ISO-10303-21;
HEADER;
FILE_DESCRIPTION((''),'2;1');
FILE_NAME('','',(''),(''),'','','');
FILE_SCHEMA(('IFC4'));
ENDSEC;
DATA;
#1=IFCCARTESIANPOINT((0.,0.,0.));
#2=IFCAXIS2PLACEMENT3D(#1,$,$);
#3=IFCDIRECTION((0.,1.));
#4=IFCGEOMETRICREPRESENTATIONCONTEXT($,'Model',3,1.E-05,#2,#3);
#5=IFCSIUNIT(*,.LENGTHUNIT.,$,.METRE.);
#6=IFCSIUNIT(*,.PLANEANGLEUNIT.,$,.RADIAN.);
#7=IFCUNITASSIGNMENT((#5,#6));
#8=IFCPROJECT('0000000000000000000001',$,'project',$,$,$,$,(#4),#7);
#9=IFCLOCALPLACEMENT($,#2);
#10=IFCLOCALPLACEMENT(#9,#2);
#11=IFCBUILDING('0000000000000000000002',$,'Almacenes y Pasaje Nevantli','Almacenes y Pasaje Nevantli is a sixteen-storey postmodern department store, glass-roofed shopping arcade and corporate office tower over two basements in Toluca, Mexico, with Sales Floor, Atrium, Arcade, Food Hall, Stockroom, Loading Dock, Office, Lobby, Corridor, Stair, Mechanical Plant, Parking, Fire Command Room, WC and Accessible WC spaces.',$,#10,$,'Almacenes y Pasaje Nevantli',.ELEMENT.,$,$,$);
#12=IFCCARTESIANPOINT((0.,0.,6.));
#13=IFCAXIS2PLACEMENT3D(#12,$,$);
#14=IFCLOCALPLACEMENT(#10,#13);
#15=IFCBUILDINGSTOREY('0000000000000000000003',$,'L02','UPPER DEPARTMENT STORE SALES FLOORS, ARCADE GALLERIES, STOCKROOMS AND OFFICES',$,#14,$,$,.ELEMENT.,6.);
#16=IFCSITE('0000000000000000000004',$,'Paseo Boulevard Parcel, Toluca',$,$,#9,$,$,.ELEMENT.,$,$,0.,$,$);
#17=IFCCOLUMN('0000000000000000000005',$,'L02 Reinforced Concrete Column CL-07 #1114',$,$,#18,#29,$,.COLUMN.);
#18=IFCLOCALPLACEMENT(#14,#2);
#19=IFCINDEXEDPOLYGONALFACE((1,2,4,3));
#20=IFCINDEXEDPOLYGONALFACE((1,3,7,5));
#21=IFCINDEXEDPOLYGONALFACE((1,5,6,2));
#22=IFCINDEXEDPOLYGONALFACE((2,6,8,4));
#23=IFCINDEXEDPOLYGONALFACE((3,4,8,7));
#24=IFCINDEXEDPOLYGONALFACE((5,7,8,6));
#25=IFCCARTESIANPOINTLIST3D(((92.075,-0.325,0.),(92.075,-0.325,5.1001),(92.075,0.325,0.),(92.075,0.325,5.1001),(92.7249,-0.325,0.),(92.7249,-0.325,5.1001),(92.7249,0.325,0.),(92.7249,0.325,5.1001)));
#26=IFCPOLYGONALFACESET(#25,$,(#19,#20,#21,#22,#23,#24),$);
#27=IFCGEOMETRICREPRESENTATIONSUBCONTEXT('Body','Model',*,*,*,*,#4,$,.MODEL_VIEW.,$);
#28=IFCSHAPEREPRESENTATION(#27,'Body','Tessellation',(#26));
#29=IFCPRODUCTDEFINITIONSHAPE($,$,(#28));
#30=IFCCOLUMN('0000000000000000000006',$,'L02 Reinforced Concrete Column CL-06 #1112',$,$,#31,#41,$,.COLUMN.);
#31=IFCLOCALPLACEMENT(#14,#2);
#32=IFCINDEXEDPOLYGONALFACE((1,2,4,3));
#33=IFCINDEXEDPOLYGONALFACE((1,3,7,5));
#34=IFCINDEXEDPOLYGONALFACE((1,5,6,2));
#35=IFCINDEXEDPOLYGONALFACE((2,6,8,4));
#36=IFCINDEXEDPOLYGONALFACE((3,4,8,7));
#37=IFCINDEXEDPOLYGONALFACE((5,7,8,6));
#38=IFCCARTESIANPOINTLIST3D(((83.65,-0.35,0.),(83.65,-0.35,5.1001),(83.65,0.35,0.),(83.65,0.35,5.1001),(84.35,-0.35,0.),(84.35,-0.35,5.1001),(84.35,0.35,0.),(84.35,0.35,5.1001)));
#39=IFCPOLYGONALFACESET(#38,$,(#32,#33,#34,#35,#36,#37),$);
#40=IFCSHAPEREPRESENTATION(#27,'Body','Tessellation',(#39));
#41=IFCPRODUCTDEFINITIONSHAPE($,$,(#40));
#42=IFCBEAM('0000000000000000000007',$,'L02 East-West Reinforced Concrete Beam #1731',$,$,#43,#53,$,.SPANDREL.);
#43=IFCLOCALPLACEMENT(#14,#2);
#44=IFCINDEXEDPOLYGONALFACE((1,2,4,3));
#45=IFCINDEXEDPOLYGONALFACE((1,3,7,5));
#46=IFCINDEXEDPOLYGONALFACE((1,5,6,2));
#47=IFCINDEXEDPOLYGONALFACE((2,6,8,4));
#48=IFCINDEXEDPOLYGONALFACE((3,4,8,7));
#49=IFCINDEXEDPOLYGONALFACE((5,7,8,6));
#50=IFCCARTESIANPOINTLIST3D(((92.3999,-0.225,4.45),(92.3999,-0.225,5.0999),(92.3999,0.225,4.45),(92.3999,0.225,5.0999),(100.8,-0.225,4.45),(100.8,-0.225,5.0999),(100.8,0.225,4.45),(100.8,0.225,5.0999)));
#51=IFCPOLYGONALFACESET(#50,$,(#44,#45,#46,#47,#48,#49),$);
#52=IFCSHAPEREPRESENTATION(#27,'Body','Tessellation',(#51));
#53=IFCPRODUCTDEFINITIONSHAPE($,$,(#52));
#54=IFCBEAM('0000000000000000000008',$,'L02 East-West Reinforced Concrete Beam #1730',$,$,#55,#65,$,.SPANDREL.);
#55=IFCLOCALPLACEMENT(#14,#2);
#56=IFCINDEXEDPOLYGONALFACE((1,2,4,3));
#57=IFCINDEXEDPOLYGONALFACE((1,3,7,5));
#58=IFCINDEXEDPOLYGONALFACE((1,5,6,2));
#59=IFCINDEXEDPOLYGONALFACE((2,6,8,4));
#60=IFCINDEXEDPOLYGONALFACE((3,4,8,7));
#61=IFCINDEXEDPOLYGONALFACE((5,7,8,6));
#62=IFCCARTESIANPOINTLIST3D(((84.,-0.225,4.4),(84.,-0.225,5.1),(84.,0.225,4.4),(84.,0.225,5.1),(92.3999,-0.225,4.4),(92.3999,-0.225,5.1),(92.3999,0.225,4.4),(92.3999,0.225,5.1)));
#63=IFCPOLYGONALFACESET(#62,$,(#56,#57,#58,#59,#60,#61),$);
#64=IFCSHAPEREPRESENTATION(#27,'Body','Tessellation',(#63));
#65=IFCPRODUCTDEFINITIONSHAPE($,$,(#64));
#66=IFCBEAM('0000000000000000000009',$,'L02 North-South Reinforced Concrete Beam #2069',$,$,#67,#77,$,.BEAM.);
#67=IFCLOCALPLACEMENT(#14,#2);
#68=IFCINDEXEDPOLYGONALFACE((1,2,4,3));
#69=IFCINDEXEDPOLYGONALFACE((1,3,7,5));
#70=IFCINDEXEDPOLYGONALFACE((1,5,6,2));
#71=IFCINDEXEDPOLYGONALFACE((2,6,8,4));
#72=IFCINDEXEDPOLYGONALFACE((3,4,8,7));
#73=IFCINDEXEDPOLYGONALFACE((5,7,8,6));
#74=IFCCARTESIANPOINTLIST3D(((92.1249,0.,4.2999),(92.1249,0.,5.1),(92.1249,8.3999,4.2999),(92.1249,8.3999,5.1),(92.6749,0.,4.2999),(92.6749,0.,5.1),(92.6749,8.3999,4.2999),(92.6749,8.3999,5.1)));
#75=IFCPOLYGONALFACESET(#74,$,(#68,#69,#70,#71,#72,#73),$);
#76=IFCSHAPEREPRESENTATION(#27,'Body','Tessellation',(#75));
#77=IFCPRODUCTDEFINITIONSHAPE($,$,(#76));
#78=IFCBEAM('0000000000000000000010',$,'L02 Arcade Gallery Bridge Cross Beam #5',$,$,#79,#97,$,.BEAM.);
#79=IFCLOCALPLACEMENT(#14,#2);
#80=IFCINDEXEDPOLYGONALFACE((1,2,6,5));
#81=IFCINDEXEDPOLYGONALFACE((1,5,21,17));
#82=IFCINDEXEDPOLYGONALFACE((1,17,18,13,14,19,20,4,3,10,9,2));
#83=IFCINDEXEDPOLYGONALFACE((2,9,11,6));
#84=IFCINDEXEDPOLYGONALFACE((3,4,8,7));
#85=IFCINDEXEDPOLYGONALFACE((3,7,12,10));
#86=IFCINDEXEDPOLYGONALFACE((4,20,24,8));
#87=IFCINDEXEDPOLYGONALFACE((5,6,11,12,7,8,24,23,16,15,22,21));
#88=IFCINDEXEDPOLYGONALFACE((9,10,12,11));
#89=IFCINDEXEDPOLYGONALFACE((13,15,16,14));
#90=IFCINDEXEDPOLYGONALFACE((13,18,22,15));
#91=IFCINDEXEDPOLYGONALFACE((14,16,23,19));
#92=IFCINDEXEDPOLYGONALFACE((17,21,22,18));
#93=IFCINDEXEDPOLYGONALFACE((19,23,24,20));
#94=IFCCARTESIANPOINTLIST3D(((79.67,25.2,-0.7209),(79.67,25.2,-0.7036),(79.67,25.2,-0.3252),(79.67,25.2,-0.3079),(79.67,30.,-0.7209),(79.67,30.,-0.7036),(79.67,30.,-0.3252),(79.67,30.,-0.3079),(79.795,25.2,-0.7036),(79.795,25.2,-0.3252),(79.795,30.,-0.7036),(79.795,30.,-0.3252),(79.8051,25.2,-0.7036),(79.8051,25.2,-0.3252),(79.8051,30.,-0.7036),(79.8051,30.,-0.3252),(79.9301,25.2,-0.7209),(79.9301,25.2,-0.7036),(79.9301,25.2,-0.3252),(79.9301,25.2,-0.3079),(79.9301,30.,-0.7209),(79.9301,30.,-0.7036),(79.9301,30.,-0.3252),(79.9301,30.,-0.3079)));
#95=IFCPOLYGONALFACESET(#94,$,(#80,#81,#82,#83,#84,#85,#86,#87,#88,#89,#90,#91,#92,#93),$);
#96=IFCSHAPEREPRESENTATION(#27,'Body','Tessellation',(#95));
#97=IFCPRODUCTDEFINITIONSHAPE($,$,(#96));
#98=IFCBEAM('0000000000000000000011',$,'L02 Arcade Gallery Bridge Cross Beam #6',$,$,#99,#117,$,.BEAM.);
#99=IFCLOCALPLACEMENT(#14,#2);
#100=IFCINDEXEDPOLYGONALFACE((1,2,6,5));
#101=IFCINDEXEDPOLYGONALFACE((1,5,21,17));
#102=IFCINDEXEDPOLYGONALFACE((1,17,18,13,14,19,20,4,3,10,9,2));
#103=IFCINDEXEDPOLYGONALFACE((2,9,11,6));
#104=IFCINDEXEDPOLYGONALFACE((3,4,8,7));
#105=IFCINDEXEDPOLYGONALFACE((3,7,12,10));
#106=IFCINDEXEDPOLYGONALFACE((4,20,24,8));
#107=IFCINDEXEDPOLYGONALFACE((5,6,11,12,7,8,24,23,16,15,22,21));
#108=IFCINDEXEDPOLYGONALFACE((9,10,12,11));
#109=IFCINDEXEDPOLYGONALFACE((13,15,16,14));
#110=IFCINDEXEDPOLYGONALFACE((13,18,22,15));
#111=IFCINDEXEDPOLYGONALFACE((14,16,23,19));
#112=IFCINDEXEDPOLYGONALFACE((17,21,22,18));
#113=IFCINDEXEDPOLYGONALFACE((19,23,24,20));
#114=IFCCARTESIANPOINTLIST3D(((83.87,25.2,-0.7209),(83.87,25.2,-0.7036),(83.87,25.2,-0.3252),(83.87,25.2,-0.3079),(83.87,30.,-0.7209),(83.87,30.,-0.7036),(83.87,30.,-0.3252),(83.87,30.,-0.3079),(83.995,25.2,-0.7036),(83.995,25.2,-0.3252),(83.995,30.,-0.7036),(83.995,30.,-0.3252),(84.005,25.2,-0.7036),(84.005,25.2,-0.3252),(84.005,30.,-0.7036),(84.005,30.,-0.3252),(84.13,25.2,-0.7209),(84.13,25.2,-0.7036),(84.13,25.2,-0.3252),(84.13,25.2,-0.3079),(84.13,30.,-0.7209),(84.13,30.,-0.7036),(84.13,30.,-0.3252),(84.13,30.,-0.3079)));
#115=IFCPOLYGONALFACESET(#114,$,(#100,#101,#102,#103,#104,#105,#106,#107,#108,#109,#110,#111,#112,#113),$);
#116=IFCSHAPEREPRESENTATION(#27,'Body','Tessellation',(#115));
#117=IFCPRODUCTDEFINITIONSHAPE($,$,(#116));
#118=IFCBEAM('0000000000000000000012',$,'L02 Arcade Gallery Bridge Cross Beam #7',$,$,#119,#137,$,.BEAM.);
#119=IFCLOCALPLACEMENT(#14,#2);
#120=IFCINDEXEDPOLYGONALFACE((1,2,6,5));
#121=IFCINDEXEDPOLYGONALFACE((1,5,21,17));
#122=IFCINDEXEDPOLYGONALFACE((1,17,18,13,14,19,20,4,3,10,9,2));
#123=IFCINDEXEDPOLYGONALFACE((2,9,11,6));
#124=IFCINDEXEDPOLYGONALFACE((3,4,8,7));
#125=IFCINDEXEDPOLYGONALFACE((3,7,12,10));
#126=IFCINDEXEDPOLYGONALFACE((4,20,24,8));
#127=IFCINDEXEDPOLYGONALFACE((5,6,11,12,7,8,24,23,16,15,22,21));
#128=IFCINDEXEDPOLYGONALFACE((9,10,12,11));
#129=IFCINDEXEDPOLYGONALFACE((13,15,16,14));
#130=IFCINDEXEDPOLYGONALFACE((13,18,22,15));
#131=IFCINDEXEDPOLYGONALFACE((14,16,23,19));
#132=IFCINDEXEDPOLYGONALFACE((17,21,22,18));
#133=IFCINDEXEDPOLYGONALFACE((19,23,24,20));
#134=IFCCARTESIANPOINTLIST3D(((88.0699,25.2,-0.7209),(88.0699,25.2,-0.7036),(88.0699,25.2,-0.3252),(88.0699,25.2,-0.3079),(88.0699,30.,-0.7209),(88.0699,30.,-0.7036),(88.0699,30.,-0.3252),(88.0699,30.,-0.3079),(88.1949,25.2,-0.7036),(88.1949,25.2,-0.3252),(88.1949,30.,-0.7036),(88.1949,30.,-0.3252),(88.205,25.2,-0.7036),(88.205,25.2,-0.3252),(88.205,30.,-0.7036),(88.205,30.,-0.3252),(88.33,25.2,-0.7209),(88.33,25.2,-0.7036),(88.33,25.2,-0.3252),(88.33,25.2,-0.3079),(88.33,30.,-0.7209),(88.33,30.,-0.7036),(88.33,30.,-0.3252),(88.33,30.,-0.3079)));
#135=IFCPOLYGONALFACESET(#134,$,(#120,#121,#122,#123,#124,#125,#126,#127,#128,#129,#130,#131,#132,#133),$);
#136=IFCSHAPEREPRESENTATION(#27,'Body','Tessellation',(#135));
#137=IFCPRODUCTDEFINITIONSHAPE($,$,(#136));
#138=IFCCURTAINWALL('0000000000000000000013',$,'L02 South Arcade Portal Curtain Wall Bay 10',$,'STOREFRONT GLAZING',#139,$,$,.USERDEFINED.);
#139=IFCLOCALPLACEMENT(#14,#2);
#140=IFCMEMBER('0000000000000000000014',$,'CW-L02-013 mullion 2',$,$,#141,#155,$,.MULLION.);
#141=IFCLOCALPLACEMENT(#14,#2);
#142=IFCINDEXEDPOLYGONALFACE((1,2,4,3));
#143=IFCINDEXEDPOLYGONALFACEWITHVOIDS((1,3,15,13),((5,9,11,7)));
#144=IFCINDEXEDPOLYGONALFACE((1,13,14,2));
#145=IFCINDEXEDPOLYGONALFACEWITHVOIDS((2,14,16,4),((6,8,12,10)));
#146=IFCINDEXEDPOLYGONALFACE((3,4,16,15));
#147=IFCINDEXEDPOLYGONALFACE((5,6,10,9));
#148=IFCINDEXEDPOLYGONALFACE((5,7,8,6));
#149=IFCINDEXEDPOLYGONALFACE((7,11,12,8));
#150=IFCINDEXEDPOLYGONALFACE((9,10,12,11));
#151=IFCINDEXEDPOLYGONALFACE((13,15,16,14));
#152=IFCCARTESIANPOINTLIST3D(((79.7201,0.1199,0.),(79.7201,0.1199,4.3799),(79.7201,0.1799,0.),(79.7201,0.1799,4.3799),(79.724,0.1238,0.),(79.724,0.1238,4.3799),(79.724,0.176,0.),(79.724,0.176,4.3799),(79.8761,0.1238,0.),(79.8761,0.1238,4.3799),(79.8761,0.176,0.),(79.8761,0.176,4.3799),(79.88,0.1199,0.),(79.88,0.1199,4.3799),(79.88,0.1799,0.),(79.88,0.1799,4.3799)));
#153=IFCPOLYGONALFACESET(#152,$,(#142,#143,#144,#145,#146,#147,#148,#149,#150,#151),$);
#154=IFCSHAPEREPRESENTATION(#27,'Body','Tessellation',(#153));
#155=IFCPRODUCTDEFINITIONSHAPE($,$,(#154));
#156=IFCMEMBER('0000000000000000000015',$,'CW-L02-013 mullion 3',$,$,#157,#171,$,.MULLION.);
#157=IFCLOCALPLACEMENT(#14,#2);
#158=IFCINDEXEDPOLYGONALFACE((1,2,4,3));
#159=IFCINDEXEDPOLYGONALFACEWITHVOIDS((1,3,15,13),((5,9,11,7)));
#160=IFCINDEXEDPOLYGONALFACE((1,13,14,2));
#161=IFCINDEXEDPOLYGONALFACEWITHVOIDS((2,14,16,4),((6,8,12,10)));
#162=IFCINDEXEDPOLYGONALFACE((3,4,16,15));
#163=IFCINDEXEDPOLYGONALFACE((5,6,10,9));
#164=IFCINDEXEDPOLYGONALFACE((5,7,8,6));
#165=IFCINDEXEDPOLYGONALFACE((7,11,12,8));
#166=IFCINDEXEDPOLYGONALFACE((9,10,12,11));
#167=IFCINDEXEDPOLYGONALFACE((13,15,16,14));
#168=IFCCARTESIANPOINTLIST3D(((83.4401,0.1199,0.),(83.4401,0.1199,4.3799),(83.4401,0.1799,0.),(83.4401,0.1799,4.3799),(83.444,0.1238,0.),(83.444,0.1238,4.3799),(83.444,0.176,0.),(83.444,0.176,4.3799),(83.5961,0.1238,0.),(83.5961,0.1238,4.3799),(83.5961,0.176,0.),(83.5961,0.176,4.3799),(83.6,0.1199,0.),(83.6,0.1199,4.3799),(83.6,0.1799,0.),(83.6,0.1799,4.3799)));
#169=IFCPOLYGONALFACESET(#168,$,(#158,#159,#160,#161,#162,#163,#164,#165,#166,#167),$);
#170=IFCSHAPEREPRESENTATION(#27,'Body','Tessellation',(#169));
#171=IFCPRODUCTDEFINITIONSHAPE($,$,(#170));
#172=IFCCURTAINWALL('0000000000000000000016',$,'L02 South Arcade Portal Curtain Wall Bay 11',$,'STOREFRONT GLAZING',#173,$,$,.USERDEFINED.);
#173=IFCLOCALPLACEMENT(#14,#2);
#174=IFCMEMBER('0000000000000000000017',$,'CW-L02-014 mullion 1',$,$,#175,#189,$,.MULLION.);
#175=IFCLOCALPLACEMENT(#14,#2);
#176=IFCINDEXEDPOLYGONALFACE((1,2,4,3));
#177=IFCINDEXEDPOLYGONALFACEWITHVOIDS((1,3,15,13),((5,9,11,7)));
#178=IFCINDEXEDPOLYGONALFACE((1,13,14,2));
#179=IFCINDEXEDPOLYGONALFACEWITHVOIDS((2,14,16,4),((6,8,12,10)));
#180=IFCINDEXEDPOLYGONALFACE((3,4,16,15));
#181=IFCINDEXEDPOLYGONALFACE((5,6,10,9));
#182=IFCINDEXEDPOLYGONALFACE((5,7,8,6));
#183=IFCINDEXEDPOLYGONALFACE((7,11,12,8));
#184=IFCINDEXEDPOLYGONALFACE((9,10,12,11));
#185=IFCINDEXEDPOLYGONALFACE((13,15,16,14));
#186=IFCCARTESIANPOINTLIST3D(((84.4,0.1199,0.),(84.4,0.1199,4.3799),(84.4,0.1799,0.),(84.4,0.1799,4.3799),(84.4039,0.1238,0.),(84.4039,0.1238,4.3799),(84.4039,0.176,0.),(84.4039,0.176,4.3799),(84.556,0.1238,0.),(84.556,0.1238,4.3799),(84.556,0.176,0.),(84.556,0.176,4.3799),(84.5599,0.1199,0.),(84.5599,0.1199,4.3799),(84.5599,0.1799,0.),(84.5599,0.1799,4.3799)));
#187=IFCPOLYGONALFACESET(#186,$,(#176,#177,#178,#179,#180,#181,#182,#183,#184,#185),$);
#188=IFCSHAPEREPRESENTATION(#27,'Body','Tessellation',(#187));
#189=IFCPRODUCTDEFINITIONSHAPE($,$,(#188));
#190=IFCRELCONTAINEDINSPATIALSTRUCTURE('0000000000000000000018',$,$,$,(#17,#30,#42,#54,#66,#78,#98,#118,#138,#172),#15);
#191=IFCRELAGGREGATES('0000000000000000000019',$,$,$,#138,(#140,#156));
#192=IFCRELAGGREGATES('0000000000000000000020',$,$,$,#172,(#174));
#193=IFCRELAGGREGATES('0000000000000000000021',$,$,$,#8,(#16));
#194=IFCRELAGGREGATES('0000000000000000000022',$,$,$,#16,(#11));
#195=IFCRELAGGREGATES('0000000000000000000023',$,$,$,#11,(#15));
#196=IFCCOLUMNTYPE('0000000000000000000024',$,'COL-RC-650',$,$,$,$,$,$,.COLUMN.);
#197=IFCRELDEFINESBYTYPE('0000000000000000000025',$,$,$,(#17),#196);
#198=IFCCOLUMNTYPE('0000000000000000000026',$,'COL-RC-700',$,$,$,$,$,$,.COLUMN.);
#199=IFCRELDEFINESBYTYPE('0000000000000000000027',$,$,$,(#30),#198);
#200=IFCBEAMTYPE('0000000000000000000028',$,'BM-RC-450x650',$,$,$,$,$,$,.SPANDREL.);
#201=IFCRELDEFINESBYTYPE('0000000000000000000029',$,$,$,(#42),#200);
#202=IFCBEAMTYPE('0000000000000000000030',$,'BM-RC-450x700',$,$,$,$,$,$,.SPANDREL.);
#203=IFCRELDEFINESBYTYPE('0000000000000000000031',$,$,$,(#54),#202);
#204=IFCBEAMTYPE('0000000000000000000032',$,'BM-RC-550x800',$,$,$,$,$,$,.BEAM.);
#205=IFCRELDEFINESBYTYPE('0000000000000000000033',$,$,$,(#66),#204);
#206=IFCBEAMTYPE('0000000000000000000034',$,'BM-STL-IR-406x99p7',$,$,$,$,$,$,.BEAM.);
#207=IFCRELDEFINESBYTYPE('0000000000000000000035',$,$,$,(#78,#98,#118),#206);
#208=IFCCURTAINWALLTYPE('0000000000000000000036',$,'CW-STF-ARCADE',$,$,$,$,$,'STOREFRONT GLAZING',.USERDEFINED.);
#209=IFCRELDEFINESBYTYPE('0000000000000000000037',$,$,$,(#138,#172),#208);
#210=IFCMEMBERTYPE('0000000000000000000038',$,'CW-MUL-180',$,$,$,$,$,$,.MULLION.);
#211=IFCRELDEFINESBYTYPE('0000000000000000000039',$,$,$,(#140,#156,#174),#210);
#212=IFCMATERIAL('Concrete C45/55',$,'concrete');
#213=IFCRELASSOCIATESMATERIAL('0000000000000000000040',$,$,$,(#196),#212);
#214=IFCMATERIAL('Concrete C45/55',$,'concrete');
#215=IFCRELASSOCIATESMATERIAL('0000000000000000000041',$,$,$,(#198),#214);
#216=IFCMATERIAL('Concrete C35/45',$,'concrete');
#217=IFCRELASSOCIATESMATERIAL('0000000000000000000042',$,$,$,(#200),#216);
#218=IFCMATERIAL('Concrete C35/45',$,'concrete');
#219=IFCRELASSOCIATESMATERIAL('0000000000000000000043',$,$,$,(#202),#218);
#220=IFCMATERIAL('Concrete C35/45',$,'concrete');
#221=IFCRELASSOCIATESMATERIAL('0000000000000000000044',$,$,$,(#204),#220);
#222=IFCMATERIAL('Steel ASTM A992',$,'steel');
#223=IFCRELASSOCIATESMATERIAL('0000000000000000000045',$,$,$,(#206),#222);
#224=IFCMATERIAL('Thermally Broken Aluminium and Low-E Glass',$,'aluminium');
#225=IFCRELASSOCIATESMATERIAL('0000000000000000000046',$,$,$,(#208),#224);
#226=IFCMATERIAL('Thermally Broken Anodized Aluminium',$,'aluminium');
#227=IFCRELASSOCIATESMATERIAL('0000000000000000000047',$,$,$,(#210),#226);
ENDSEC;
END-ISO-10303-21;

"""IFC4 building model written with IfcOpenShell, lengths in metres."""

from ifc_helpers import new_model, si_unit, direction, frame, origin, origin_2d, place, context, subcontext, project, spatial, rectangle, hollow_rectangle, i_section, extrude, material, material_profile, profile_set, type_object, element, aggregate, save


model = new_model("IFC4")

# Units and contexts
model_context = context("Model", 3, precision=1e-05, world=origin(), true_north=direction((0.0, 1.0)))
body_context = subcontext(model_context, "Body", "Model", "MODEL_VIEW")
ifc_project = project(units=[si_unit("LENGTHUNIT", "METRE"), si_unit("PLANEANGLEUNIT", "RADIAN")], contexts=[model_context])

# Site, building, storey
site_placement = place(None, origin())
site = spatial("IfcSite", under=ifc_project, at=site_placement, Name="Paseo Boulevard Parcel, Toluca", CompositionType="ELEMENT", RefElevation=0.0)
building_placement = place(site_placement, origin())
building = spatial("IfcBuilding", under=site, at=building_placement, Name="Almacenes y Pasaje Nevantli", Description="Almacenes y Pasaje Nevantli is a sixteen-storey postmodern department store, glass-roofed shopping arcade and corporate office tower over two basements in Toluca, Mexico, with Sales Floor, Atrium, Arcade, Food Hall, Stockroom, Loading Dock, Office, Lobby, Corridor, Stair, Mechanical Plant, Parking, Fire Command Room, WC and Accessible WC spaces.", LongName="Almacenes y Pasaje Nevantli", CompositionType="ELEMENT")
storey_placement = place(building_placement, frame((0.0, 0.0, 6.0)))
storey = spatial("IfcBuildingStorey", under=building, at=storey_placement, Name="L02", Description="UPPER DEPARTMENT STORE SALES FLOORS, ARCADE GALLERIES, STOCKROOMS AND OFFICES", CompositionType="ELEMENT", Elevation=6.0)

# Columns
ifc_material_1 = material(Name="Concrete C45/55", Category="concrete")
ifc_material_profile_1 = material_profile(ifc_material_1, rectangle(XDim=0.6499, YDim=0.6499, at=origin_2d()), Name="RC-COL-650x650")
ifc_profile_set_1 = profile_set([ifc_material_profile_1], Name="Concrete C45/55")
column_type_1 = type_object("IfcColumnType", Name="COL-RC-650", PredefinedType="COLUMN", material=ifc_profile_set_1)
column_1_placement = place(storey_placement, frame((92.3999, 0.0, 0.0), z_axis=(0.0, 0.0, 1.0), x_axis=(1.0, 0.0, 0.0)))
element("IfcColumn", 1, at=column_1_placement, inside=storey, type_object=column_type_1, Name="L02 Reinforced Concrete Column CL-07 #1114", PredefinedType="COLUMN", context=body_context, shape_type="SweptSolid", body=[
    extrude(rectangle(XDim=0.6499, YDim=0.6499, at=origin_2d()), origin(), (0.0, 0.0, 1.0), 5.1001),
])
ifc_material_2 = material(Name="Concrete C45/55", Category="concrete")
ifc_material_profile_2 = material_profile(ifc_material_2, rectangle(XDim=0.7, YDim=0.7, at=origin_2d()), Name="RC-COL-700x700")
ifc_profile_set_2 = profile_set([ifc_material_profile_2], Name="Concrete C45/55")
column_type_2 = type_object("IfcColumnType", Name="COL-RC-700", PredefinedType="COLUMN", material=ifc_profile_set_2)
column_2_placement = place(storey_placement, frame((84.0, 0.0, 0.0), z_axis=(0.0, 0.0, 1.0), x_axis=(1.0, 0.0, 0.0)))
element("IfcColumn", 2, at=column_2_placement, inside=storey, type_object=column_type_2, Name="L02 Reinforced Concrete Column CL-06 #1112", PredefinedType="COLUMN", context=body_context, shape_type="SweptSolid", body=[
    extrude(rectangle(XDim=0.7, YDim=0.7, at=origin_2d()), origin(), (0.0, 0.0, 1.0), 5.1001),
])

# Beams
ifc_material_3 = material(Name="Concrete C35/45", Category="concrete")
ifc_material_profile_3 = material_profile(ifc_material_3, rectangle(XDim=0.45, YDim=0.6499, at=origin_2d()), Name="RC-BM-450x650")
ifc_profile_set_3 = profile_set([ifc_material_profile_3], Name="Concrete C35/45")
beam_type_1 = type_object("IfcBeamType", Name="BM-RC-450x650", PredefinedType="SPANDREL", material=ifc_profile_set_3)
beam_1_placement = place(storey_placement, frame((92.3999, 0.0, 4.7749), z_axis=(1.0, 0.0, 0.0), x_axis=(0.0, 1.0, 0.0)))
element("IfcBeam", 3, at=beam_1_placement, inside=storey, type_object=beam_type_1, Name="L02 East-West Reinforced Concrete Beam #1731", PredefinedType="SPANDREL", context=body_context, shape_type="SweptSolid", body=[
    extrude(rectangle(XDim=0.45, YDim=0.6499, at=origin_2d()), origin(), (0.0, 0.0, 1.0), 8.4001),
])
ifc_material_4 = material(Name="Concrete C35/45", Category="concrete")
ifc_material_profile_4 = material_profile(ifc_material_4, rectangle(XDim=0.45, YDim=0.7, at=origin_2d()), Name="RC-BM-450x700")
ifc_profile_set_4 = profile_set([ifc_material_profile_4], Name="Concrete C35/45")
beam_type_2 = type_object("IfcBeamType", Name="BM-RC-450x700", PredefinedType="SPANDREL", material=ifc_profile_set_4)
beam_2_placement = place(storey_placement, frame((84.0, 0.0, 4.75), z_axis=(1.0, 0.0, 0.0), x_axis=(0.0, 1.0, 0.0)))
element("IfcBeam", 4, at=beam_2_placement, inside=storey, type_object=beam_type_2, Name="L02 East-West Reinforced Concrete Beam #1730", PredefinedType="SPANDREL", context=body_context, shape_type="SweptSolid", body=[
    extrude(rectangle(XDim=0.45, YDim=0.7, at=origin_2d()), origin(), (0.0, 0.0, 1.0), 8.3999),
])
ifc_material_5 = material(Name="Concrete C35/45", Category="concrete")
ifc_material_profile_5 = material_profile(ifc_material_5, rectangle(XDim=0.55, YDim=0.8, at=origin_2d()), Name="RC-BM-550x800")
ifc_profile_set_5 = profile_set([ifc_material_profile_5], Name="Concrete C35/45")
beam_type_3 = type_object("IfcBeamType", Name="BM-RC-550x800", PredefinedType="BEAM", material=ifc_profile_set_5)
beam_3_placement = place(storey_placement, frame((92.3999, 0.0, 4.7), z_axis=(0.0, 1.0, 0.0), x_axis=(-1.0, 0.0, 0.0)))
element("IfcBeam", 5, at=beam_3_placement, inside=storey, type_object=beam_type_3, Name="L02 North-South Reinforced Concrete Beam #2069", PredefinedType="BEAM", context=body_context, shape_type="SweptSolid", body=[
    extrude(rectangle(XDim=0.55, YDim=0.8, at=origin_2d()), origin(), (0.0, 0.0, 1.0), 8.3999),
])
ifc_material_6 = material(Name="Steel ASTM A992", Category="steel")
ifc_material_profile_6 = material_profile(ifc_material_6, i_section(OverallWidth=0.26, OverallDepth=0.4131, WebThickness=0.01, FlangeThickness=0.0173, at=origin_2d()), Name="IR 406x99.7")
ifc_profile_set_6 = profile_set([ifc_material_profile_6], Name="Steel ASTM A992")
beam_type_4 = type_object("IfcBeamType", Name="BM-STL-IR-406x99p7", PredefinedType="BEAM", material=ifc_profile_set_6)
for number, where, z_axis, x_axis, name in (
    (6, (79.8, 25.2, -0.5144), (0.0, 1.0, 0.0), (-1.0, 0.0, 0.0), "L02 Arcade Gallery Bridge Cross Beam #5"),
    (7, (84.0, 25.2, -0.5144), (0.0, 1.0, 0.0), (-1.0, 0.0, 0.0), "L02 Arcade Gallery Bridge Cross Beam #6"),
    (8, (88.2, 25.2, -0.5144), (0.0, 1.0, 0.0), (-1.0, 0.0, 0.0), "L02 Arcade Gallery Bridge Cross Beam #7"),
):
    element("IfcBeam", number, at=place(storey_placement, frame(where, z_axis=z_axis, x_axis=x_axis)), inside=storey, type_object=beam_type_4, Name=name, PredefinedType="BEAM", context=body_context, shape_type="SweptSolid", body=[
        extrude(i_section(OverallWidth=0.26, OverallDepth=0.4131, WebThickness=0.01, FlangeThickness=0.0173, at=origin_2d()), origin(), (0.0, 0.0, 1.0), 4.8),
    ])

# Curtain walls, members
ifc_material_7 = material(Name="Thermally Broken Aluminium and Low-E Glass", Category="aluminium")
curtain_wall_type = type_object("IfcCurtainWallType", Name="CW-STF-ARCADE", ElementType="STOREFRONT GLAZING", PredefinedType="USERDEFINED", material=ifc_material_7)
curtain_wall_1_placement = place(storey_placement, origin())
curtain_wall_1 = element("IfcCurtainWall", 9, at=curtain_wall_1_placement, inside=storey, type_object=curtain_wall_type, Name="L02 South Arcade Portal Curtain Wall Bay 10", ObjectType="STOREFRONT GLAZING", PredefinedType="USERDEFINED")
ifc_material_8 = material(Name="Thermally Broken Anodized Aluminium", Category="aluminium")
ifc_material_profile_7 = material_profile(ifc_material_8, hollow_rectangle(XDim=0.0601, YDim=0.1599, WallThickness=0.0039, at=origin_2d()), Name="ALU-MUL-60x160")
ifc_profile_set_7 = profile_set([ifc_material_profile_7], Name="Thermally Broken Anodized Aluminium")
member_type_1 = type_object("IfcMemberType", Name="CW-MUL-180", PredefinedType="MULLION", material=ifc_profile_set_7)
member_1_placement = place(storey_placement, frame((79.8, 0.1499, 0.0), z_axis=(0.0, 0.0, 1.0), x_axis=(0.0, 1.0, 0.0)))
member_1 = element("IfcMember", 10, at=member_1_placement, type_object=member_type_1, Name="CW-L02-013 mullion 2", PredefinedType="MULLION", context=body_context, shape_type="SweptSolid", body=[
    extrude(hollow_rectangle(XDim=0.0601, YDim=0.1599, WallThickness=0.0039, at=origin_2d()), origin(), (0.0, 0.0, 1.0), 4.3799),
])
member_2_placement = place(storey_placement, frame((83.52, 0.1499, 0.0), z_axis=(0.0, 0.0, 1.0), x_axis=(0.0, 1.0, 0.0)))
member_2 = element("IfcMember", 11, at=member_2_placement, type_object=member_type_1, Name="CW-L02-013 mullion 3", PredefinedType="MULLION", context=body_context, shape_type="SweptSolid", body=[
    extrude(hollow_rectangle(XDim=0.0601, YDim=0.1599, WallThickness=0.0039, at=origin_2d()), origin(), (0.0, 0.0, 1.0), 4.3799),
])
curtain_wall_2_placement = place(storey_placement, origin())
curtain_wall_2 = element("IfcCurtainWall", 12, at=curtain_wall_2_placement, inside=storey, type_object=curtain_wall_type, Name="L02 South Arcade Portal Curtain Wall Bay 11", ObjectType="STOREFRONT GLAZING", PredefinedType="USERDEFINED")
member_3_placement = place(storey_placement, frame((84.48, 0.1499, 0.0), z_axis=(0.0, 0.0, 1.0), x_axis=(0.0, 1.0, 0.0)))
member_3 = element("IfcMember", 13, at=member_3_placement, type_object=member_type_1, Name="CW-L02-014 mullion 1", PredefinedType="MULLION", context=body_context, shape_type="SweptSolid", body=[
    extrude(hollow_rectangle(XDim=0.0601, YDim=0.1599, WallThickness=0.0039, at=origin_2d()), origin(), (0.0, 0.0, 1.0), 4.3799),
])

aggregate(curtain_wall_1, [member_1, member_2])
aggregate(curtain_wall_2, [member_3])

save(model, "model.ifc")
